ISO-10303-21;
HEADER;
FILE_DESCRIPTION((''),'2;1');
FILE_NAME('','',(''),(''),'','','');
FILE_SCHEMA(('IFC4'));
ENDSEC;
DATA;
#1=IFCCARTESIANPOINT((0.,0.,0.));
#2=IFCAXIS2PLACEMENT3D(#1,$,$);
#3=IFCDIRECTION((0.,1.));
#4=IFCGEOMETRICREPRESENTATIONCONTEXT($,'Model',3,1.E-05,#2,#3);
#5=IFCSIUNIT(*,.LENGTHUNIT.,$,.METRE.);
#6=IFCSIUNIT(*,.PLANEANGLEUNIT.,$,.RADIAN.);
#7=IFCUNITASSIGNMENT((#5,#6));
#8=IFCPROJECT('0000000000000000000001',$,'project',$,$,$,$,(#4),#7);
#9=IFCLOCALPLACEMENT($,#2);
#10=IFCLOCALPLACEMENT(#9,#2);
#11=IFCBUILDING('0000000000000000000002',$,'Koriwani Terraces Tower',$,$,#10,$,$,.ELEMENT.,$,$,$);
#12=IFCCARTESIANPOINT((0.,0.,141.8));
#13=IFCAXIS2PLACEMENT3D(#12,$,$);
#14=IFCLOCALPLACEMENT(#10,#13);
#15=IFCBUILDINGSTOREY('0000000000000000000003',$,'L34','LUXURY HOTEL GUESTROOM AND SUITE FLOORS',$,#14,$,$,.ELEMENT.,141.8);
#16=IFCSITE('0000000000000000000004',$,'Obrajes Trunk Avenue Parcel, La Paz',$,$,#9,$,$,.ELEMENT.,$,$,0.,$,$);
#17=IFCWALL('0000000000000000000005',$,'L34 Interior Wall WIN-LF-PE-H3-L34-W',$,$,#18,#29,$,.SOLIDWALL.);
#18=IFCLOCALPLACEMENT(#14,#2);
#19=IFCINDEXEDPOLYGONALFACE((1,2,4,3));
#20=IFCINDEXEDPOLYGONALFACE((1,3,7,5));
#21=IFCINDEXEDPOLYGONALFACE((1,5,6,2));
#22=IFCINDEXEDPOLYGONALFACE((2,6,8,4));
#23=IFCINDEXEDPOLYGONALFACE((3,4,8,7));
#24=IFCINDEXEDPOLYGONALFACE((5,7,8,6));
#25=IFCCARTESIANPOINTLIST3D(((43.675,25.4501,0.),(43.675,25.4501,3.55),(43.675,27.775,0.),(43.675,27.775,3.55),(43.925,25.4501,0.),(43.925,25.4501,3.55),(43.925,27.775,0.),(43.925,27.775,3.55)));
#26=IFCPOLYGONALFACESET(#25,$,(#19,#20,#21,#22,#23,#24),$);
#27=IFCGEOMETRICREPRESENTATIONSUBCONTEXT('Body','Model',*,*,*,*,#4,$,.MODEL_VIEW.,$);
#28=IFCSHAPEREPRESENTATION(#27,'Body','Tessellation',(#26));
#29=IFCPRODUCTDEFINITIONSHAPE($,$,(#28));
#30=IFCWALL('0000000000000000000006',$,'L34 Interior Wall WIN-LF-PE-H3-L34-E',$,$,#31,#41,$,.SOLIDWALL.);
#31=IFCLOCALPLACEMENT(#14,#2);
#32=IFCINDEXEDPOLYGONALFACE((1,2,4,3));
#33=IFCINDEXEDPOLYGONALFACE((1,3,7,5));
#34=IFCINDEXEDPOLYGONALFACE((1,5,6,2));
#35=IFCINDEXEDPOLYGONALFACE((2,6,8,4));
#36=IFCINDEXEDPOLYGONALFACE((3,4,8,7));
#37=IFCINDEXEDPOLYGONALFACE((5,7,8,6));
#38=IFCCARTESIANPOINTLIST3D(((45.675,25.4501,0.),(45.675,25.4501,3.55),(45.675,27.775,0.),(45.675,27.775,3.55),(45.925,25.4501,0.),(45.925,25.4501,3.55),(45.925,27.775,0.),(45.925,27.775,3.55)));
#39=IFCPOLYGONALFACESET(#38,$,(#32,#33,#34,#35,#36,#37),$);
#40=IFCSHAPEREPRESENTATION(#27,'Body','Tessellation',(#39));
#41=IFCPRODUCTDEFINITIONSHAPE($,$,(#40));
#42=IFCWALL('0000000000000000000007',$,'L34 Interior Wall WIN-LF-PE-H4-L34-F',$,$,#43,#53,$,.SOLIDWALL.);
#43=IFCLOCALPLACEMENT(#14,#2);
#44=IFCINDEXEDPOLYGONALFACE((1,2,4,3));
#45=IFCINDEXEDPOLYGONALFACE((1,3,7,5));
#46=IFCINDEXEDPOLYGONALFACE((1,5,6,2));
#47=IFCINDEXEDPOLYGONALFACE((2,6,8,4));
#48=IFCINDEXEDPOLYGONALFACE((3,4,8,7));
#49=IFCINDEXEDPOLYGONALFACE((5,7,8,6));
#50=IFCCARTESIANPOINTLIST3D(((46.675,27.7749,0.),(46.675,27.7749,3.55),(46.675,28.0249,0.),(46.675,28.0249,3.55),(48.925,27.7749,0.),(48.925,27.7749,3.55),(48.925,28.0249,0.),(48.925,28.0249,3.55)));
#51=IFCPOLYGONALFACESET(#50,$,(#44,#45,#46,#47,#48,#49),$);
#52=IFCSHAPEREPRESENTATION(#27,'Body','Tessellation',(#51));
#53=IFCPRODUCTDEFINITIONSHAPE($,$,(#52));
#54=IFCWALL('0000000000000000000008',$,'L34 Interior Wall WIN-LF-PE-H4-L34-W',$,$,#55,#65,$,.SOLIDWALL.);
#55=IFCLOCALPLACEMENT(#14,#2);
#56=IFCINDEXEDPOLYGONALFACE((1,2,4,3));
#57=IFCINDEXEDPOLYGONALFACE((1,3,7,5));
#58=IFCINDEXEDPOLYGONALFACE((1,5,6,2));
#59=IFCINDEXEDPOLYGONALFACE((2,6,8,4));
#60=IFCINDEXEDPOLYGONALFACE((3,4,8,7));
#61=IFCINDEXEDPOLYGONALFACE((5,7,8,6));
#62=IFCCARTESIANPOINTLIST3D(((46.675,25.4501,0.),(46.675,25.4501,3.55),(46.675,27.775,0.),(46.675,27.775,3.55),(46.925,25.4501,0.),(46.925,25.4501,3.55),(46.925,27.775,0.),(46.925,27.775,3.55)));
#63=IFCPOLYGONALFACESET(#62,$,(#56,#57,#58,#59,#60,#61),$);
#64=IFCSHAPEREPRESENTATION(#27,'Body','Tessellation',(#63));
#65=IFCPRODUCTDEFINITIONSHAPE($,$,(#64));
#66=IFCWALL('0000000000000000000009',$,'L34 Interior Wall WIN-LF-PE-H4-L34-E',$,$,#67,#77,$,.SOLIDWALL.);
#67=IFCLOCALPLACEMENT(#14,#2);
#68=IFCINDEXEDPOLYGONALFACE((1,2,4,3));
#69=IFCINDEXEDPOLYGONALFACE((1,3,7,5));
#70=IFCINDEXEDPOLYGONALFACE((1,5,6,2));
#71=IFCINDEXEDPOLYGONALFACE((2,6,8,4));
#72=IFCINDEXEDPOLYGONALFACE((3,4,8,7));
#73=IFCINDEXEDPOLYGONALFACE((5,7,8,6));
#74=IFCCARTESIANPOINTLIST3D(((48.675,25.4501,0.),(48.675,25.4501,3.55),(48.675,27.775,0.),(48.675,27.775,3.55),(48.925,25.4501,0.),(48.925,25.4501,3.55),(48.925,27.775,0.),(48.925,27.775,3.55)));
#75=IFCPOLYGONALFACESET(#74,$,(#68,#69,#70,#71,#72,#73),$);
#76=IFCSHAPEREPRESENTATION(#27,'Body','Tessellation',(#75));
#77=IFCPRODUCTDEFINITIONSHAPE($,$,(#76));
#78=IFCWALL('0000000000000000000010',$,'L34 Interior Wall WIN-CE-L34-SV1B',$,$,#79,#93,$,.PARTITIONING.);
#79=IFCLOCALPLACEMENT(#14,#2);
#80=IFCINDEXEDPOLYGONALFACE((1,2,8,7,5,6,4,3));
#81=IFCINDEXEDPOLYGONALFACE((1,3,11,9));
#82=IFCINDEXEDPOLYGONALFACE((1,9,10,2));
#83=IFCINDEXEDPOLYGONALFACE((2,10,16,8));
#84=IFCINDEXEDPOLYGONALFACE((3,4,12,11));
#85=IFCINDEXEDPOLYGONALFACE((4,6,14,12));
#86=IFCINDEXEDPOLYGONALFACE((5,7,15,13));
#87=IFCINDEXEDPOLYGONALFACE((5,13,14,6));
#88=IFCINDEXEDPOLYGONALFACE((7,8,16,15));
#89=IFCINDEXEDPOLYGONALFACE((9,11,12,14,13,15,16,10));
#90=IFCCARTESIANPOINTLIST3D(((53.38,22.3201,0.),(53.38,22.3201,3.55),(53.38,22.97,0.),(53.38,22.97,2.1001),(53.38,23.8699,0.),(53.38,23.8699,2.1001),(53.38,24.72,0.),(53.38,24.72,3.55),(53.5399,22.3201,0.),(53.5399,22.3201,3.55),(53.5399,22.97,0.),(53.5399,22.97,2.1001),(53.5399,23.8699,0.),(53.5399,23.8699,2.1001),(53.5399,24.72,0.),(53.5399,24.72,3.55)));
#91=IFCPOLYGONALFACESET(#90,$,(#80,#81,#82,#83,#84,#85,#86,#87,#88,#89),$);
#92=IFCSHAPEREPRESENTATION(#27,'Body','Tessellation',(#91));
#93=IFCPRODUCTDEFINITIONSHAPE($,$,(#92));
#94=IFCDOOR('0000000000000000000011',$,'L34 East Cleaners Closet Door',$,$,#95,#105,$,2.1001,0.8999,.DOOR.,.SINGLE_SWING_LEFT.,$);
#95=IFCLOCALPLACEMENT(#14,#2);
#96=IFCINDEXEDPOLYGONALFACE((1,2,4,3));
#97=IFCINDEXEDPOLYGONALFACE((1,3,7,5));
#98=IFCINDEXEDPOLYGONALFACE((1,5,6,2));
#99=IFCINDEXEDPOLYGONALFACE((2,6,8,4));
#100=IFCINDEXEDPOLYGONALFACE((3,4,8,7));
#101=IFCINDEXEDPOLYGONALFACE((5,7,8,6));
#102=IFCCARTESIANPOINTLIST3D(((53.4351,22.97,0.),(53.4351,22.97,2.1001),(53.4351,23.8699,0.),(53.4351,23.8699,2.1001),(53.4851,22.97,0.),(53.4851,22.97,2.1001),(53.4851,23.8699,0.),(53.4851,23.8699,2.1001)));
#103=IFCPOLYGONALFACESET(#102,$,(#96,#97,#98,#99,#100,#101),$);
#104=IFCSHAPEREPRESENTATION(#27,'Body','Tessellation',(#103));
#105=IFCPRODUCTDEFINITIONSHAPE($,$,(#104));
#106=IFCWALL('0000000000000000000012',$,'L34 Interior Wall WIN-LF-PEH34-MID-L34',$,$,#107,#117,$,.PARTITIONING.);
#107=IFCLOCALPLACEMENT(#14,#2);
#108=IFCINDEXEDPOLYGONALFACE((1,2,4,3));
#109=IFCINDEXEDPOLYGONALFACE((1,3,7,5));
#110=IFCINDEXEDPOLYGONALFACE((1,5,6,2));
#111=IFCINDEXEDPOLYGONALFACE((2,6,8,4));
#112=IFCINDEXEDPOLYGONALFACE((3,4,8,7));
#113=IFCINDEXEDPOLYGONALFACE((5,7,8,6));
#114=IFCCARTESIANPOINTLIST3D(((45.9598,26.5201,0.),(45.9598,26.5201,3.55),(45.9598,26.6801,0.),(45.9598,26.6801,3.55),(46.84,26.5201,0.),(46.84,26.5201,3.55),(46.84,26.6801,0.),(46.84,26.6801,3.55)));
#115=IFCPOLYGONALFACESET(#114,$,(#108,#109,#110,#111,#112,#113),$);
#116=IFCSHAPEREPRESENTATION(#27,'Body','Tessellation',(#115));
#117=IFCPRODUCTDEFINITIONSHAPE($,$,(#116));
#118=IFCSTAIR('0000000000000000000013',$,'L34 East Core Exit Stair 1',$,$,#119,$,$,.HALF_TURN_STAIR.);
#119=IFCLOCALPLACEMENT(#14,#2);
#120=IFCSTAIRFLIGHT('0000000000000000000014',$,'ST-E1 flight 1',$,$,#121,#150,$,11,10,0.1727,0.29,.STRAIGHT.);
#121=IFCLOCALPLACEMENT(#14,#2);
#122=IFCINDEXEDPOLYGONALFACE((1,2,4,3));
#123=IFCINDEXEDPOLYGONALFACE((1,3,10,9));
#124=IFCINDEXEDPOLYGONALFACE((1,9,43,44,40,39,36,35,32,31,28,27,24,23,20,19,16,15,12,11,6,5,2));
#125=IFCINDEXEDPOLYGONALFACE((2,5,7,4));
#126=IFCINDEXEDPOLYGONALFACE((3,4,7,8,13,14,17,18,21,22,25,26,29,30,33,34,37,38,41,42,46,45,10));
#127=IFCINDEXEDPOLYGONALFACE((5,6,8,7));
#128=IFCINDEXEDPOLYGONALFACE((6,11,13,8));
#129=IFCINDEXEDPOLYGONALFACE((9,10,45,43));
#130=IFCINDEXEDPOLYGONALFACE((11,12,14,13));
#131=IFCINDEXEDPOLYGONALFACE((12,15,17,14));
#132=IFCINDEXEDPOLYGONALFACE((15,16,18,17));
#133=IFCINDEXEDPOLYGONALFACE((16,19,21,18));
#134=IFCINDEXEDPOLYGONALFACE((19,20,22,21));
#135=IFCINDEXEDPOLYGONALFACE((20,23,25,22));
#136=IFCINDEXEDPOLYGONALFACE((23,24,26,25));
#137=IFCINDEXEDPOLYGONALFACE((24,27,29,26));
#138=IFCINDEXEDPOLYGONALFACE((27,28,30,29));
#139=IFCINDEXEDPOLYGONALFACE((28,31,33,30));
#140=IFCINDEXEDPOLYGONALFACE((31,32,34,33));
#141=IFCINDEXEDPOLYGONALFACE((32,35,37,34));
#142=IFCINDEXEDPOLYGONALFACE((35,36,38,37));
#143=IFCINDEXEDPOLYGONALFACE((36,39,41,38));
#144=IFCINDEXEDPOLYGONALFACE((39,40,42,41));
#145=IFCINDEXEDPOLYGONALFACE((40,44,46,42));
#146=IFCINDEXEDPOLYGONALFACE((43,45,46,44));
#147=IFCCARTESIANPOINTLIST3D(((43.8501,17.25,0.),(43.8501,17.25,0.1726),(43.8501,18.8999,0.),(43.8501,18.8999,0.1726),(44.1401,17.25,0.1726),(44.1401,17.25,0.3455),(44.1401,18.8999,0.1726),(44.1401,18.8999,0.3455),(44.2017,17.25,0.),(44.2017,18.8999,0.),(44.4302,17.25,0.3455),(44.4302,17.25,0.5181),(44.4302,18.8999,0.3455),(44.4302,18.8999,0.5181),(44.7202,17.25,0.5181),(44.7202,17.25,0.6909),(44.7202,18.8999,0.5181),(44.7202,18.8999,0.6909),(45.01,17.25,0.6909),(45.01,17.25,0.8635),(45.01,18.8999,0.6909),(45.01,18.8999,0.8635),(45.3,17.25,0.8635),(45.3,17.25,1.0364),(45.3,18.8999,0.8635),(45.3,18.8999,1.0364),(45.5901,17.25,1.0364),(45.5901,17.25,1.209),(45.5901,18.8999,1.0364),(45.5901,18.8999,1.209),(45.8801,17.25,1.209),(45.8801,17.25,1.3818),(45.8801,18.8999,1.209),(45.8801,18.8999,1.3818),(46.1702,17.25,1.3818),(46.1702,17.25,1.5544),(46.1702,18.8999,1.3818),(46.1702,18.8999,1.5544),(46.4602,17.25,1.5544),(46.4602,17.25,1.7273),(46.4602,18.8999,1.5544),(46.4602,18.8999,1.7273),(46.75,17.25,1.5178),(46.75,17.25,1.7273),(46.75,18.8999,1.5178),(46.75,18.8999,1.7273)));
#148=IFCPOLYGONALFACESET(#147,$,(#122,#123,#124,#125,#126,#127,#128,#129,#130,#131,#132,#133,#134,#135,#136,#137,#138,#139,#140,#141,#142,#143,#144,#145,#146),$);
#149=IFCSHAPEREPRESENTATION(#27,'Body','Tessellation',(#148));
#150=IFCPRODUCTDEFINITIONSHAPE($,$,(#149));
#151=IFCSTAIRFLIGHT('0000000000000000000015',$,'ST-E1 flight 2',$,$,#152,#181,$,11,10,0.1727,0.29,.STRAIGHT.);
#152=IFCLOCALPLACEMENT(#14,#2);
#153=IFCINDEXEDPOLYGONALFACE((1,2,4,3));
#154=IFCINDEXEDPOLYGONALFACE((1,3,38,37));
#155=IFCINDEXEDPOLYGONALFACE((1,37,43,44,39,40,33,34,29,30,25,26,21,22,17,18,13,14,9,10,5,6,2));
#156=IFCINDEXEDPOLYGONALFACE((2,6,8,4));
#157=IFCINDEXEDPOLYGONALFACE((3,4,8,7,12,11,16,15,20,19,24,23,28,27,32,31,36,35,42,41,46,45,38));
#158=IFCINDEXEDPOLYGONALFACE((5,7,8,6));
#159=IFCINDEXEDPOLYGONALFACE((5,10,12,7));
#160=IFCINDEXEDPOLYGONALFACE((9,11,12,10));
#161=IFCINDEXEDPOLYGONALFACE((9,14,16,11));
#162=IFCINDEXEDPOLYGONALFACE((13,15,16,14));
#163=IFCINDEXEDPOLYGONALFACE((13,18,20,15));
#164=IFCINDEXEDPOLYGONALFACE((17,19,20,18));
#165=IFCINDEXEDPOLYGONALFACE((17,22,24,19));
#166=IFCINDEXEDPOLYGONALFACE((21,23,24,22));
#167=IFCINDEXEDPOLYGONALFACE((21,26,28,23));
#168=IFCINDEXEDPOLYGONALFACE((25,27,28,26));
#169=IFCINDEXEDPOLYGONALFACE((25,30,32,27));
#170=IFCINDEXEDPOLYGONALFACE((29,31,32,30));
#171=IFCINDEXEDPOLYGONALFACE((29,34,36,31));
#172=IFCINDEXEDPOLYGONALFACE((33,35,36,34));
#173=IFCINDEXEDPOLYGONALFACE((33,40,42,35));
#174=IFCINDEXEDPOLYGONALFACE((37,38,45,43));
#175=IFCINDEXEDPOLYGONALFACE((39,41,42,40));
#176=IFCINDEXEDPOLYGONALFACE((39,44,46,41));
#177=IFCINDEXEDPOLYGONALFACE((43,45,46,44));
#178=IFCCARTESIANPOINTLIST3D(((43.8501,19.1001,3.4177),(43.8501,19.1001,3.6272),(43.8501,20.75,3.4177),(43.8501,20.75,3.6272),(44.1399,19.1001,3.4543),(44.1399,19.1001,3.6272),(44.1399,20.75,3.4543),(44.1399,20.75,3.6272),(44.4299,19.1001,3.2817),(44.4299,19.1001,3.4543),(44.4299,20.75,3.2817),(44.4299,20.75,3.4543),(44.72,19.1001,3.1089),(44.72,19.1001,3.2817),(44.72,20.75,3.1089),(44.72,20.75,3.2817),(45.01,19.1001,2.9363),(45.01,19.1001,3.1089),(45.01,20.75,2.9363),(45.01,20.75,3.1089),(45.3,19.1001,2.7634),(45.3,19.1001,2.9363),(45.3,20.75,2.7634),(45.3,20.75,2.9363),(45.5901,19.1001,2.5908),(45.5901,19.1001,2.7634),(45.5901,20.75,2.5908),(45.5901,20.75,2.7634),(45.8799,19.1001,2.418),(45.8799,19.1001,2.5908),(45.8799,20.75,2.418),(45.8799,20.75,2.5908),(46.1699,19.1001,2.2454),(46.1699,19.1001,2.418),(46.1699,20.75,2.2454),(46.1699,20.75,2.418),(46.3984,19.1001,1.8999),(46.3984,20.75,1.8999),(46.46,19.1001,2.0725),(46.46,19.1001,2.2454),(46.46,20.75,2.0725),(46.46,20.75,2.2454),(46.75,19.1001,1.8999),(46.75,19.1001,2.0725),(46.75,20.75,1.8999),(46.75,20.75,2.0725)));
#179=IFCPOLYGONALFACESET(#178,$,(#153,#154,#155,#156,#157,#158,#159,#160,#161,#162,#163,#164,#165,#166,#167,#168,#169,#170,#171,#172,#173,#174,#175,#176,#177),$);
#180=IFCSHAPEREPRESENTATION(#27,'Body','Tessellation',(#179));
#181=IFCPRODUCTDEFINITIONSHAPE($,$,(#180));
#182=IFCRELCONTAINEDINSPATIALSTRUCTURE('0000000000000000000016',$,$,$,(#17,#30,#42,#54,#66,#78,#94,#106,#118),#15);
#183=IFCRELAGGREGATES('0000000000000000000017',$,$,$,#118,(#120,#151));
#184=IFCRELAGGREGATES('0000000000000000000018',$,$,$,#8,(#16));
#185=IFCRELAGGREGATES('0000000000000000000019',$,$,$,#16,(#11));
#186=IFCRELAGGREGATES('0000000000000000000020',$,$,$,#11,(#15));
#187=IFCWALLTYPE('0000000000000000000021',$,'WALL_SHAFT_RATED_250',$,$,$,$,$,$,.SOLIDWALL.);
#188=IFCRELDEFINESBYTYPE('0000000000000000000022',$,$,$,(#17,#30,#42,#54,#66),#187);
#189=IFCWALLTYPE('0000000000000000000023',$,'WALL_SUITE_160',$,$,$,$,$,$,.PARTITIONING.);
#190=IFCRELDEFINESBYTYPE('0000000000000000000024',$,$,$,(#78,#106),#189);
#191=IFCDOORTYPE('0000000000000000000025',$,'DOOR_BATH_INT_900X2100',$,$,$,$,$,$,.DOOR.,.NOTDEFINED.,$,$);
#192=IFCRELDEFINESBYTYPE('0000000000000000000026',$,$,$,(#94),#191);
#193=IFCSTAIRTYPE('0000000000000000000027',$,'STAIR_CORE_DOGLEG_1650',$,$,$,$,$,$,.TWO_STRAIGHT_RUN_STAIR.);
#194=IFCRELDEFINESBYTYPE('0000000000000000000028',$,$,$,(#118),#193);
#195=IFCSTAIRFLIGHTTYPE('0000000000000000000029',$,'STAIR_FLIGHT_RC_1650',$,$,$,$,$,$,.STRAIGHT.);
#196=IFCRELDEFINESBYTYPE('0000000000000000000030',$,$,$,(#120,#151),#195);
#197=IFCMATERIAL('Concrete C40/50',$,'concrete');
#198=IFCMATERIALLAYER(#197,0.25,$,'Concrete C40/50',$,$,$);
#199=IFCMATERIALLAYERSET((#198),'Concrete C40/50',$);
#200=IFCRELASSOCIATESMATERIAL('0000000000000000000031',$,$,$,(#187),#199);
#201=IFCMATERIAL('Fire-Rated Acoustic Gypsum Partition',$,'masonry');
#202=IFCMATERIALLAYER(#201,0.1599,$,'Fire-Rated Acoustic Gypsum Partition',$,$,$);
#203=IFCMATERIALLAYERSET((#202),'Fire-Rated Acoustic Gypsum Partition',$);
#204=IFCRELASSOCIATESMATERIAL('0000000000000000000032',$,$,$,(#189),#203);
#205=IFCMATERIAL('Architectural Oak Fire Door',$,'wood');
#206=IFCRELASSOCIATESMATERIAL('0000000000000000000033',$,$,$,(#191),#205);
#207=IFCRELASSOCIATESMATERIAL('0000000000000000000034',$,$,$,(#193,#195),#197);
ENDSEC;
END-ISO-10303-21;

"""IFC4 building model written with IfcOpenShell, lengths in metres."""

from ifc_helpers import new_model, si_unit, direction, frame, frame_2d, origin, place, context, subcontext, project, spatial, polyline, rectangle, outline, extrude, material, layer, layer_set, type_object, element, fill, aggregate, save


model = new_model("IFC4")

# Units and contexts
model_context = context("Model", 3, precision=1e-05, world=origin(), true_north=direction((0.0, 1.0)))
body_context = subcontext(model_context, "Body", "Model", "MODEL_VIEW")
ifc_project = project(units=[si_unit("LENGTHUNIT", "METRE"), si_unit("PLANEANGLEUNIT", "RADIAN")], contexts=[model_context])

# Site, building, storey
site_placement = place(None, origin())
site = spatial("IfcSite", under=ifc_project, at=site_placement, Name="Obrajes Trunk Avenue Parcel, La Paz", CompositionType="ELEMENT", RefElevation=0.0)
building_placement = place(site_placement, origin())
building = spatial("IfcBuilding", under=site, at=building_placement, Name="Koriwani Terraces Tower", CompositionType="ELEMENT")
storey_placement = place(building_placement, frame((0.0, 0.0, 141.8)))
storey = spatial("IfcBuildingStorey", under=building, at=storey_placement, Name="L34", Description="LUXURY HOTEL GUESTROOM AND SUITE FLOORS", CompositionType="ELEMENT", Elevation=141.8)

# Shared definitions
ifc_material_1 = material(Name="Architectural Oak Fire Door", Category="wood")

# Shared definitions
ifc_material_2 = material(Name="Concrete C40/50", Category="concrete")
ifc_layer_1 = layer(ifc_material_2, 0.25, Name="Concrete C40/50")
ifc_layer_set_1 = layer_set([ifc_layer_1], Name="Concrete C40/50")
wall_type_1 = type_object("IfcWallType", Name="WALL_SHAFT_RATED_250", PredefinedType="SOLIDWALL", material=ifc_layer_set_1)

# Walls
for number, where, z_axis, x_axis, name in (
    (1, (43.8, 25.45, 0.0), (0.0, 0.0, 1.0), (0.0, 1.0, 0.0), "L34 Interior Wall WIN-LF-PE-H3-L34-W"),
    (2, (45.8, 25.45, 0.0), (0.0, 0.0, 1.0), (0.0, 1.0, 0.0), "L34 Interior Wall WIN-LF-PE-H3-L34-E"),
):
    element("IfcWall", number, at=place(storey_placement, frame(where, z_axis=z_axis, x_axis=x_axis)), inside=storey, type_object=wall_type_1, Name=name, PredefinedType="SOLIDWALL", context=body_context, shape_type="SweptSolid", body=[
        extrude(rectangle(XDim=2.325, YDim=0.25, at=frame_2d((1.1626, 0.0))), origin(), (0.0, 0.0, 1.0), 3.55),
    ])
wall_1_placement = place(storey_placement, frame((46.675, 27.8999, 0.0), z_axis=(0.0, 0.0, 1.0), x_axis=(1.0, 0.0, 0.0)))
element("IfcWall", 3, at=wall_1_placement, inside=storey, type_object=wall_type_1, Name="L34 Interior Wall WIN-LF-PE-H4-L34-F", PredefinedType="SOLIDWALL", context=body_context, shape_type="SweptSolid", body=[
    extrude(rectangle(XDim=2.25, YDim=0.25, at=frame_2d((1.125, 0.0))), origin(), (0.0, 0.0, 1.0), 3.55),
])
for number, where, z_axis, x_axis, name in (
    (4, (46.8, 25.45, 0.0), (0.0, 0.0, 1.0), (0.0, 1.0, 0.0), "L34 Interior Wall WIN-LF-PE-H4-L34-W"),
    (5, (48.8, 25.45, 0.0), (0.0, 0.0, 1.0), (0.0, 1.0, 0.0), "L34 Interior Wall WIN-LF-PE-H4-L34-E"),
):
    element("IfcWall", number, at=place(storey_placement, frame(where, z_axis=z_axis, x_axis=x_axis)), inside=storey, type_object=wall_type_1, Name=name, PredefinedType="SOLIDWALL", context=body_context, shape_type="SweptSolid", body=[
        extrude(rectangle(XDim=2.325, YDim=0.25, at=frame_2d((1.1626, 0.0))), origin(), (0.0, 0.0, 1.0), 3.55),
    ])

# Wall, opening, door
ifc_material_3 = material(Name="Fire-Rated Acoustic Gypsum Partition", Category="masonry")
ifc_layer_2 = layer(ifc_material_3, 0.1599, Name="Fire-Rated Acoustic Gypsum Partition")
ifc_layer_set_2 = layer_set([ifc_layer_2], Name="Fire-Rated Acoustic Gypsum Partition")
wall_type_2 = type_object("IfcWallType", Name="WALL_SUITE_160", PredefinedType="PARTITIONING", material=ifc_layer_set_2)
wall_2_placement = place(storey_placement, frame((53.46, 22.3201, 0.0), z_axis=(0.0, 0.0, 1.0), x_axis=(0.0, 1.0, 0.0)))
wall_2 = element("IfcWall", 6, at=wall_2_placement, inside=storey, type_object=wall_type_2, Name="L34 Interior Wall WIN-CE-L34-SV1B", PredefinedType="PARTITIONING", context=body_context, shape_type="SweptSolid", body=[
    extrude(rectangle(XDim=2.3999, YDim=0.1599, at=frame_2d((1.2, 0.0))), origin(), (0.0, 0.0, 1.0), 3.55),
])
opening_1_placement = place(wall_2_placement, frame((0.6499, 0.0, 0.0)))
opening_1 = element("IfcOpeningElement", 7, at=opening_1_placement, cuts=wall_2, PredefinedType="OPENING", context=body_context, shape_type="SweptSolid", body=[
    extrude(rectangle(XDim=0.8999, YDim=2.1001, at=frame_2d((0.45, 1.05))), frame((0.0, 0.0898, 0.0), z_axis=(0.0, -1.0, 0.0), x_axis=(1.0, 0.0, 0.0)), (0.0, 0.0, 1.0), 0.1799),
])
door_type_1 = type_object("IfcDoorType", Name="DOOR_BATH_INT_900X2100", OperationType="NOTDEFINED", PredefinedType="DOOR", material=ifc_material_1)
door_1_placement = place(opening_1_placement, origin())
door_1 = element("IfcDoor", 8, at=door_1_placement, inside=storey, type_object=door_type_1, Name="L34 East Cleaners Closet Door", OperationType="SINGLE_SWING_LEFT", OverallHeight=2.1001, OverallWidth=0.8999, PredefinedType="DOOR", context=body_context, shape_type="SweptSolid", body=[
    extrude(rectangle(XDim=0.8999, YDim=2.1001, at=frame_2d((0.45, 1.05))), frame((0.0, 0.0249, 0.0), z_axis=(0.0, -1.0, 0.0), x_axis=(1.0, 0.0, 0.0)), (0.0, 0.0, 1.0), 0.05),
])
fill(opening_1, door_1)

# Wall
wall_3_placement = place(storey_placement, frame((45.96, 26.6001, 0.0), z_axis=(0.0, 0.0, 1.0), x_axis=(1.0, 0.0, 0.0)))
element("IfcWall", 9, at=wall_3_placement, inside=storey, type_object=wall_type_2, Name="L34 Interior Wall WIN-LF-PEH34-MID-L34", PredefinedType="PARTITIONING", context=body_context, shape_type="SweptSolid", body=[
    extrude(rectangle(XDim=0.8801, YDim=0.1599, at=frame_2d((0.4399, 0.0))), origin(), (0.0, 0.0, 1.0), 3.55),
])

# Stair, stair flights
stair_type = type_object("IfcStairType", Name="STAIR_CORE_DOGLEG_1650", PredefinedType="TWO_STRAIGHT_RUN_STAIR", material=ifc_material_2)
stair_placement = place(storey_placement, origin())
stair = element("IfcStair", 10, at=stair_placement, inside=storey, type_object=stair_type, Name="L34 East Core Exit Stair 1", PredefinedType="HALF_TURN_STAIR")
stair_flight_type = type_object("IfcStairFlightType", Name="STAIR_FLIGHT_RC_1650", PredefinedType="STRAIGHT", material=ifc_material_2)
stair_flight_1_placement = place(storey_placement, frame((43.8501, 18.075, 0.0), z_axis=(0.0, 0.0, 1.0), x_axis=(1.0, 0.0, 0.0)))
stair_flight_1 = element("IfcStairFlight", 11, at=stair_flight_1_placement, type_object=stair_flight_type, Name="ST-E1 flight 1", NumberOfRisers=11, NumberOfTreads=10, PredefinedType="STRAIGHT", RiserHeight=0.1727, TreadLength=0.29, context=body_context, shape_type="SweptSolid", body=[
    extrude(outline(polyline([(0.0, 0.0), (0.0, 0.1726), (0.29, 0.1726), (0.29, 0.3455), (0.5801, 0.3455), (0.5801, 0.5181), (0.8701, 0.5181), (0.8701, 0.6909), (1.1599, 0.6909), (1.1599, 0.8635), (1.45, 0.8635), (1.45, 1.0364), (1.74, 1.0364), (1.74, 1.209), (2.03, 1.209), (2.03, 1.3818), (2.3201, 1.3818), (2.3201, 1.5544), (2.6101, 1.5544), (2.6101, 1.7273), (2.8999, 1.7273), (2.8999, 1.8999), (2.8999, 1.5178), (0.3516, 0.0), (0.0, 0.0)])), frame((0.0, 0.825, 0.0), z_axis=(0.0, -1.0, 0.0), x_axis=(1.0, 0.0, 0.0)), (0.0, 0.0, 1.0), 1.6499),
])
stair_flight_2_placement = place(storey_placement, frame((46.75, 19.925, 1.8999), z_axis=(0.0, 0.0, 1.0), x_axis=(-1.0, 0.0, 0.0)))
stair_flight_2 = element("IfcStairFlight", 12, at=stair_flight_2_placement, type_object=stair_flight_type, Name="ST-E1 flight 2", NumberOfRisers=11, NumberOfTreads=10, PredefinedType="STRAIGHT", RiserHeight=0.1727, TreadLength=0.29, context=body_context, shape_type="SweptSolid", body=[
    extrude(outline(polyline([(0.0, 0.0), (0.0, 0.1726), (0.29, 0.1726), (0.29, 0.3455), (0.5801, 0.3455), (0.5801, 0.5181), (0.8701, 0.5181), (0.8701, 0.6909), (1.1599, 0.6909), (1.1599, 0.8635), (1.45, 0.8635), (1.45, 1.0364), (1.74, 1.0364), (1.74, 1.209), (2.03, 1.209), (2.03, 1.3818), (2.3201, 1.3818), (2.3201, 1.5544), (2.6101, 1.5544), (2.6101, 1.7273), (2.8999, 1.7273), (2.8999, 1.8999), (2.8999, 1.5178), (0.3516, 0.0), (0.0, 0.0)])), frame((0.0, 0.825, 0.0), z_axis=(0.0, -1.0, 0.0), x_axis=(1.0, 0.0, 0.0)), (0.0, 0.0, 1.0), 1.6499),
])
aggregate(stair, [stair_flight_1, stair_flight_2])

save(model, "model.ifc")
